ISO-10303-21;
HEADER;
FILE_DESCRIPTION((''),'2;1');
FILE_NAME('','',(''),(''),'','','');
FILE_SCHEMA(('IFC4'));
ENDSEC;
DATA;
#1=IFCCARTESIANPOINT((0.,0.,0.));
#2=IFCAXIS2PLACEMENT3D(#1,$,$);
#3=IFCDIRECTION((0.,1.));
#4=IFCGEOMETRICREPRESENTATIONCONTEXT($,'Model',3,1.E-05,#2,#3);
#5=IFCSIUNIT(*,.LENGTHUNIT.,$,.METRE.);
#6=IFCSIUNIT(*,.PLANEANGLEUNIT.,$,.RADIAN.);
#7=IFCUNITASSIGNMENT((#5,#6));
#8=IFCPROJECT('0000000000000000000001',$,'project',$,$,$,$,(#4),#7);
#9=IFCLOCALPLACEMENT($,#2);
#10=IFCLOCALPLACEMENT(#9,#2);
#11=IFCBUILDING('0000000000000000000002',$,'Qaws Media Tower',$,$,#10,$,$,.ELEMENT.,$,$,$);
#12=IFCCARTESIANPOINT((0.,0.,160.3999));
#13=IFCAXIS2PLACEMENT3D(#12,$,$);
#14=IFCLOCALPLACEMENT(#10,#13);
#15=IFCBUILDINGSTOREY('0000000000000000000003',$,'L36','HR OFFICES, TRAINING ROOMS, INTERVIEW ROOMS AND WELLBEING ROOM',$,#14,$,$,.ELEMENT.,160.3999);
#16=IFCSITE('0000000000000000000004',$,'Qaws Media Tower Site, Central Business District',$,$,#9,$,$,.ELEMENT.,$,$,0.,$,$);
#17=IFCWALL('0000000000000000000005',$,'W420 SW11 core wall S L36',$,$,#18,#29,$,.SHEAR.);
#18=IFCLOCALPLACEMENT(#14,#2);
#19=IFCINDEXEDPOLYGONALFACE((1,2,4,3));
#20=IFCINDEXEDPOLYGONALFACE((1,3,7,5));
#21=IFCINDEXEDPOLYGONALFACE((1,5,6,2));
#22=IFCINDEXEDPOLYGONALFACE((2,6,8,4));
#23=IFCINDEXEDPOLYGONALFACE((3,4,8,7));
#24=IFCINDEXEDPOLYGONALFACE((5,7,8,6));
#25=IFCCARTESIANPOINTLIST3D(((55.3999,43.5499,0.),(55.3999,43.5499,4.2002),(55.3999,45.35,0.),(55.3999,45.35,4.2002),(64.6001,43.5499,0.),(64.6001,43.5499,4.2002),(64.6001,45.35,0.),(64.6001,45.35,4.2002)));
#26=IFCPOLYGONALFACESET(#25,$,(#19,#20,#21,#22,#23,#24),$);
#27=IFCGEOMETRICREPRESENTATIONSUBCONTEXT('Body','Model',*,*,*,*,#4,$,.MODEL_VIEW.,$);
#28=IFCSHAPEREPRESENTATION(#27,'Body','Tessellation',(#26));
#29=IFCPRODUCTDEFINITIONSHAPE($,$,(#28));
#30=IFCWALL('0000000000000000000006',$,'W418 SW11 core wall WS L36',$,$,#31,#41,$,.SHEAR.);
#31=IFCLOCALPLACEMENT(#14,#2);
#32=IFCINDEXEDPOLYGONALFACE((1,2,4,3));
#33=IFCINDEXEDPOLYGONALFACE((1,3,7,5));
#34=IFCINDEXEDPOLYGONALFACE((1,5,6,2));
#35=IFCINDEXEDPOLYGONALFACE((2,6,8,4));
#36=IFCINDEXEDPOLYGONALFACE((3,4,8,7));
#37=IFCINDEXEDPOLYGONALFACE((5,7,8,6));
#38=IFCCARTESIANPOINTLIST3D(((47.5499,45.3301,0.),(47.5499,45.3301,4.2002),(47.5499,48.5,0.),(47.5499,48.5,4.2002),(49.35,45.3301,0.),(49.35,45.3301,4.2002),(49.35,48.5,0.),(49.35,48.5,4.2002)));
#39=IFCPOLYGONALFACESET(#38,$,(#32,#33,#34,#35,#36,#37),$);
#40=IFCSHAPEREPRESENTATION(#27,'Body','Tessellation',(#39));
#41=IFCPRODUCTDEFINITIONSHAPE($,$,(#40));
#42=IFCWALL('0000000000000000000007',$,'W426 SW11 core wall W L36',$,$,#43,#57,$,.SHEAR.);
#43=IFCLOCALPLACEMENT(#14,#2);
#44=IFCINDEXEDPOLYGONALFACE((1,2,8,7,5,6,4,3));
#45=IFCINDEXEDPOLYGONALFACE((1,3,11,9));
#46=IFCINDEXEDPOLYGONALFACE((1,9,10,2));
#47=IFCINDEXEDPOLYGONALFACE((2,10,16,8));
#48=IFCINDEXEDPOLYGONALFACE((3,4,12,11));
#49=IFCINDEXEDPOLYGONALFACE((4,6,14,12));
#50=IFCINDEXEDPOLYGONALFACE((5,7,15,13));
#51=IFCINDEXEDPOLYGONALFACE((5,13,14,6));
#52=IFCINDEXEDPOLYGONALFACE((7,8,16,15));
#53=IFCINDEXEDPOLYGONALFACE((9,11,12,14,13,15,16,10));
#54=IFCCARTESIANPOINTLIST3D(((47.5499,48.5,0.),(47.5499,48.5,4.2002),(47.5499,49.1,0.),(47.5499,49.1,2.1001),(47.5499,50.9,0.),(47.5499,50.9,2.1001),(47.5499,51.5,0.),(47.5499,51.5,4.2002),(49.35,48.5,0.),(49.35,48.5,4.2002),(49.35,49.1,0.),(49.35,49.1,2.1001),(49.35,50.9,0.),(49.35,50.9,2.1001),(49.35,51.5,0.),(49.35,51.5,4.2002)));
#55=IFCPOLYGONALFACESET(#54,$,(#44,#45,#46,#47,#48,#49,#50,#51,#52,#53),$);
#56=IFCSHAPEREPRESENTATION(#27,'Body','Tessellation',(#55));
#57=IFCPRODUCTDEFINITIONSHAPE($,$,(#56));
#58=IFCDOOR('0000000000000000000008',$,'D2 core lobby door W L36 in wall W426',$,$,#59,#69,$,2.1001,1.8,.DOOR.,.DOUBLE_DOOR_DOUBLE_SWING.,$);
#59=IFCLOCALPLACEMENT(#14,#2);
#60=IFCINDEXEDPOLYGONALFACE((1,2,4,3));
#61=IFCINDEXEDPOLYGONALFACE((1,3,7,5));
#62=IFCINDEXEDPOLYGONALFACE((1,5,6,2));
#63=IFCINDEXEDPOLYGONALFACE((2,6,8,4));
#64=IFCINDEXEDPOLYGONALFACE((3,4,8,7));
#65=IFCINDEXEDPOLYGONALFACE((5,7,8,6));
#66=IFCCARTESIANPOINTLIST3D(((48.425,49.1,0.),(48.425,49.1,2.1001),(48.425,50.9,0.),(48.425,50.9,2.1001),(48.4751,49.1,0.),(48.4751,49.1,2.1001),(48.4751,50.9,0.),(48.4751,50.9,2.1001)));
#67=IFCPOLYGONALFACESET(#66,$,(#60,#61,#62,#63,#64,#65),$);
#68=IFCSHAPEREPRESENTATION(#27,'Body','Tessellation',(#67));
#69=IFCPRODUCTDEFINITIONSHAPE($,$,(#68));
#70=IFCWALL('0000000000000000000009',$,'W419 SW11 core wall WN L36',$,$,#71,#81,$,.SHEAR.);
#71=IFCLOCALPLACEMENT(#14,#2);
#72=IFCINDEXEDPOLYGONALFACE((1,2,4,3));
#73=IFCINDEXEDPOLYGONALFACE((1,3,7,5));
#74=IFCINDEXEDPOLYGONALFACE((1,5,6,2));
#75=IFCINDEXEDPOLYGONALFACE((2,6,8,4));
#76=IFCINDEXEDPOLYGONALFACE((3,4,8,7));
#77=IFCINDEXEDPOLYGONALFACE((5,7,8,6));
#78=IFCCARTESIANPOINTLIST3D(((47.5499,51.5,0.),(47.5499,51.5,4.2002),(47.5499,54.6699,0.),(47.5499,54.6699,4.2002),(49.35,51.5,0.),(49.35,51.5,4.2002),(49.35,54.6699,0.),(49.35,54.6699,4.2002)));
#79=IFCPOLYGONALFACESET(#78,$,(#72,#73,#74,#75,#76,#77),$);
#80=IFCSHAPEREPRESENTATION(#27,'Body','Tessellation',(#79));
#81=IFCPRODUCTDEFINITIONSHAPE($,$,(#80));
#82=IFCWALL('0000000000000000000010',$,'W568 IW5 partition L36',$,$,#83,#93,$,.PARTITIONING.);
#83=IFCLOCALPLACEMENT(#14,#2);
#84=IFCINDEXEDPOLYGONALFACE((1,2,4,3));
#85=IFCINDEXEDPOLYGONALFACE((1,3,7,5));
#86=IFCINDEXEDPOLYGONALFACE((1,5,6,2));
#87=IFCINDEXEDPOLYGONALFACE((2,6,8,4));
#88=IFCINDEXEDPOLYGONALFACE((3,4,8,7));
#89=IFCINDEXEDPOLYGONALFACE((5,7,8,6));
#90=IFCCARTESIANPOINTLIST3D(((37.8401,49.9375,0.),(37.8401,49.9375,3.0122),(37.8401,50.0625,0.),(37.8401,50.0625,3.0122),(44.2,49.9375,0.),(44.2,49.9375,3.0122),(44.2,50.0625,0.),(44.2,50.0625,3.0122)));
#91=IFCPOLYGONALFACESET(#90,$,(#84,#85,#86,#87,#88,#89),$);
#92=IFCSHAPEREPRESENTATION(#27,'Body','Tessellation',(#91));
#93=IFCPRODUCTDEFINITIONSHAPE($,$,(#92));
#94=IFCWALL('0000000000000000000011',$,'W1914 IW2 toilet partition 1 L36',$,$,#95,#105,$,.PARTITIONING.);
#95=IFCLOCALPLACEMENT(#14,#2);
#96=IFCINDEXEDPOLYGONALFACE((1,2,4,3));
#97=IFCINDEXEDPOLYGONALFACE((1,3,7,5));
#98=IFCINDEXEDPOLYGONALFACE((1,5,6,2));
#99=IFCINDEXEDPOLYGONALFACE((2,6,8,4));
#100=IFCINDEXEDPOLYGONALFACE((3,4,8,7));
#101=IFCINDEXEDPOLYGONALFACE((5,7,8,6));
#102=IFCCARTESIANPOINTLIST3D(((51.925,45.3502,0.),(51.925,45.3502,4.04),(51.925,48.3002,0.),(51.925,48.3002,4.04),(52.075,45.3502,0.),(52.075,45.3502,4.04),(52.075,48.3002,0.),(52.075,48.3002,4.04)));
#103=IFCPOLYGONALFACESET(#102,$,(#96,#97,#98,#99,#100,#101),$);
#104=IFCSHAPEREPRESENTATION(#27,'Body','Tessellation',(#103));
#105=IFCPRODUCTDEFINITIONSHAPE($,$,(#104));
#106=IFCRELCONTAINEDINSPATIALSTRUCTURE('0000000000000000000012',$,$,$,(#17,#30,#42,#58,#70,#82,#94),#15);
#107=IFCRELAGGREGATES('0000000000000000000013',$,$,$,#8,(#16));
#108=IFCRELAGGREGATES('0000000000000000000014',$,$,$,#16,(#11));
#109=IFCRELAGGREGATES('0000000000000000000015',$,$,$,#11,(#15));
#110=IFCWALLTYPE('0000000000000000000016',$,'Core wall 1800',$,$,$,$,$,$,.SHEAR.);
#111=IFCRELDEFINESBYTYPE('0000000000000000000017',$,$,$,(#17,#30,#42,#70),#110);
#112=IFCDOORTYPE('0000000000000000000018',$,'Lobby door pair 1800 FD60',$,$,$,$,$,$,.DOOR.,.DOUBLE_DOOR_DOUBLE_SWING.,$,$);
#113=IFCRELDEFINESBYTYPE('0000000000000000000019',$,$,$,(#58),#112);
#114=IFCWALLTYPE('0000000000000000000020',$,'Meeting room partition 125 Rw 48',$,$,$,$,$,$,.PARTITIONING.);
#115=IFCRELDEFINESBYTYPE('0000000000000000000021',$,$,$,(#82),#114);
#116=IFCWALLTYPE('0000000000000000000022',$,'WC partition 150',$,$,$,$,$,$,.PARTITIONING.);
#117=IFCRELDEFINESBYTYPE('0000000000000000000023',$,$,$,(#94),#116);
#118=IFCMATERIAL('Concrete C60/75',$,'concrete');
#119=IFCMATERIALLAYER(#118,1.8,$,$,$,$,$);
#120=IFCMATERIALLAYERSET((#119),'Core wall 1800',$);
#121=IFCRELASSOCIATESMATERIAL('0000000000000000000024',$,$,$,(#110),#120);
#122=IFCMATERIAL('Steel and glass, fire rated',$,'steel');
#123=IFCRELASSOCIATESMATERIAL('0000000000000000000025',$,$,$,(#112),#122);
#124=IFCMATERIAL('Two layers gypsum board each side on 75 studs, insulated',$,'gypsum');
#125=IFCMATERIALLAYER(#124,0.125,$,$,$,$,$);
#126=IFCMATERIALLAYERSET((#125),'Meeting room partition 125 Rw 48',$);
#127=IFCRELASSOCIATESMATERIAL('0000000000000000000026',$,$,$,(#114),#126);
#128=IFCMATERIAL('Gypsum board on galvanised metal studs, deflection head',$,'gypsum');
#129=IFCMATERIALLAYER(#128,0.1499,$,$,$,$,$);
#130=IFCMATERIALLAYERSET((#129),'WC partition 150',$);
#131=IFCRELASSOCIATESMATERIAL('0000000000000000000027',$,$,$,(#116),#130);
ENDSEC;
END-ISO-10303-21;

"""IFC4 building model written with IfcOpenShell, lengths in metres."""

from ifc_helpers import new_model, si_unit, direction, frame, frame_2d, origin, place, context, subcontext, project, spatial, rectangle, extrude, material, layer, layer_set, type_object, element, fill, save


model = new_model("IFC4")

# Units and contexts
model_context = context("Model", 3, precision=1e-05, world=origin(), true_north=direction((0.0, 1.0)))
body_context = subcontext(model_context, "Body", "Model", "MODEL_VIEW")
ifc_project = project(units=[si_unit("LENGTHUNIT", "METRE"), si_unit("PLANEANGLEUNIT", "RADIAN")], contexts=[model_context])

# Site, building, storey
site_placement = place(None, origin())
site = spatial("IfcSite", under=ifc_project, at=site_placement, Name="Qaws Media Tower Site, Central Business District", CompositionType="ELEMENT", RefElevation=0.0)
building_placement = place(site_placement, origin())
building = spatial("IfcBuilding", under=site, at=building_placement, Name="Qaws Media Tower", CompositionType="ELEMENT")
storey_placement = place(building_placement, frame((0.0, 0.0, 160.3999)))
storey = spatial("IfcBuildingStorey", under=building, at=storey_placement, Name="L36", Description="HR OFFICES, TRAINING ROOMS, INTERVIEW ROOMS AND WELLBEING ROOM", CompositionType="ELEMENT", Elevation=160.3999)

# Walls
ifc_material_1 = material(Name="Concrete C60/75", Category="concrete")
ifc_layer_1 = layer(ifc_material_1, 1.8)
ifc_layer_set_1 = layer_set([ifc_layer_1], Name="Core wall 1800")
wall_type_1 = type_object("IfcWallType", Name="Core wall 1800", PredefinedType="SHEAR", material=ifc_layer_set_1)
wall_1_placement = place(storey_placement, frame((55.3999, 44.45, 0.0), z_axis=(0.0, 0.0, 1.0), x_axis=(1.0, 0.0, 0.0)))
element("IfcWall", 1, at=wall_1_placement, inside=storey, type_object=wall_type_1, Name="W420 SW11 core wall S L36", PredefinedType="SHEAR", context=body_context, shape_type="SweptSolid", body=[
    extrude(rectangle(XDim=9.2002, YDim=1.8, at=frame_2d((4.6001, 0.0))), origin(), (0.0, 0.0, 1.0), 4.2002),
])
wall_2_placement = place(storey_placement, frame((48.45, 45.3301, 0.0), z_axis=(0.0, 0.0, 1.0), x_axis=(0.0, 1.0, 0.0)))
element("IfcWall", 2, at=wall_2_placement, inside=storey, type_object=wall_type_1, Name="W418 SW11 core wall WS L36", PredefinedType="SHEAR", context=body_context, shape_type="SweptSolid", body=[
    extrude(rectangle(XDim=3.1699, YDim=1.8, at=frame_2d((1.585, 0.0))), origin(), (0.0, 0.0, 1.0), 4.2002),
])

# Wall, opening, door
wall_3_placement = place(storey_placement, frame((48.45, 48.5, 0.0), z_axis=(0.0, 0.0, 1.0), x_axis=(0.0, 1.0, 0.0)))
wall_3 = element("IfcWall", 3, at=wall_3_placement, inside=storey, type_object=wall_type_1, Name="W426 SW11 core wall W L36", PredefinedType="SHEAR", context=body_context, shape_type="SweptSolid", body=[
    extrude(rectangle(XDim=3.0, YDim=1.8, at=frame_2d((1.5, 0.0))), origin(), (0.0, 0.0, 1.0), 4.2002),
])
opening_1_placement = place(wall_3_placement, frame((0.6001, 0.0, 0.0)))
opening_1 = element("IfcOpeningElement", 4, at=opening_1_placement, cuts=wall_3, PredefinedType="OPENING", context=body_context, shape_type="SweptSolid", body=[
    extrude(rectangle(XDim=1.8, YDim=2.1001, at=frame_2d((0.8999, 1.05))), frame((0.0, 0.9099, 0.0), z_axis=(0.0, -1.0, 0.0), x_axis=(1.0, 0.0, 0.0)), (0.0, 0.0, 1.0), 1.8201),
])
ifc_material_2 = material(Name="Steel and glass, fire rated", Category="steel")
door_type_1 = type_object("IfcDoorType", Name="Lobby door pair 1800 FD60", OperationType="DOUBLE_DOOR_DOUBLE_SWING", PredefinedType="DOOR", material=ifc_material_2)
door_1_placement = place(opening_1_placement, origin())
door_1 = element("IfcDoor", 5, at=door_1_placement, inside=storey, type_object=door_type_1, Name="D2 core lobby door W L36 in wall W426", OperationType="DOUBLE_DOOR_DOUBLE_SWING", OverallHeight=2.1001, OverallWidth=1.8, PredefinedType="DOOR", context=body_context, shape_type="SweptSolid", body=[
    extrude(rectangle(XDim=1.8, YDim=2.1001, at=frame_2d((0.8999, 1.05))), frame((0.0, 0.0249, 0.0), z_axis=(0.0, -1.0, 0.0), x_axis=(1.0, 0.0, 0.0)), (0.0, 0.0, 1.0), 0.05),
])
fill(opening_1, door_1)

# Walls
wall_4_placement = place(storey_placement, frame((48.45, 51.5, 0.0), z_axis=(0.0, 0.0, 1.0), x_axis=(0.0, 1.0, 0.0)))
element("IfcWall", 6, at=wall_4_placement, inside=storey, type_object=wall_type_1, Name="W419 SW11 core wall WN L36", PredefinedType="SHEAR", context=body_context, shape_type="SweptSolid", body=[
    extrude(rectangle(XDim=3.1699, YDim=1.8, at=frame_2d((1.585, 0.0))), origin(), (0.0, 0.0, 1.0), 4.2002),
])
ifc_material_3 = material(Name="Two layers gypsum board each side on 75 studs, insulated", Category="gypsum")
ifc_layer_2 = layer(ifc_material_3, 0.125)
ifc_layer_set_2 = layer_set([ifc_layer_2], Name="Meeting room partition 125 Rw 48")
wall_type_2 = type_object("IfcWallType", Name="Meeting room partition 125 Rw 48", PredefinedType="PARTITIONING", material=ifc_layer_set_2)
wall_5_placement = place(storey_placement, frame((44.2, 50.0, 0.0), z_axis=(0.0, 0.0, 1.0), x_axis=(-1.0, 0.0, 0.0)))
element("IfcWall", 7, at=wall_5_placement, inside=storey, type_object=wall_type_2, Name="W568 IW5 partition L36", PredefinedType="PARTITIONING", context=body_context, shape_type="SweptSolid", body=[
    extrude(rectangle(XDim=6.3599, YDim=0.125, at=frame_2d((3.1799, 0.0))), origin(), (0.0, 0.0, 1.0), 3.0122),
])

# Wall
ifc_material_4 = material(Name="Gypsum board on galvanised metal studs, deflection head", Category="gypsum")
ifc_layer_3 = layer(ifc_material_4, 0.1499)
ifc_layer_set_3 = layer_set([ifc_layer_3], Name="WC partition 150")
wall_type_3 = type_object("IfcWallType", Name="WC partition 150", PredefinedType="PARTITIONING", material=ifc_layer_set_3)
wall_6_placement = place(storey_placement, frame((52.0, 45.3501, 0.0), z_axis=(0.0, 0.0, 1.0), x_axis=(0.0, 1.0, 0.0)))
element("IfcWall", 8, at=wall_6_placement, inside=storey, type_object=wall_type_3, Name="W1914 IW2 toilet partition 1 L36", PredefinedType="PARTITIONING", context=body_context, shape_type="SweptSolid", body=[
    extrude(rectangle(XDim=2.95, YDim=0.1499, at=frame_2d((1.4751, 0.0))), origin(), (0.0, 0.0, 1.0), 4.04),
])

save(model, "model.ifc")
